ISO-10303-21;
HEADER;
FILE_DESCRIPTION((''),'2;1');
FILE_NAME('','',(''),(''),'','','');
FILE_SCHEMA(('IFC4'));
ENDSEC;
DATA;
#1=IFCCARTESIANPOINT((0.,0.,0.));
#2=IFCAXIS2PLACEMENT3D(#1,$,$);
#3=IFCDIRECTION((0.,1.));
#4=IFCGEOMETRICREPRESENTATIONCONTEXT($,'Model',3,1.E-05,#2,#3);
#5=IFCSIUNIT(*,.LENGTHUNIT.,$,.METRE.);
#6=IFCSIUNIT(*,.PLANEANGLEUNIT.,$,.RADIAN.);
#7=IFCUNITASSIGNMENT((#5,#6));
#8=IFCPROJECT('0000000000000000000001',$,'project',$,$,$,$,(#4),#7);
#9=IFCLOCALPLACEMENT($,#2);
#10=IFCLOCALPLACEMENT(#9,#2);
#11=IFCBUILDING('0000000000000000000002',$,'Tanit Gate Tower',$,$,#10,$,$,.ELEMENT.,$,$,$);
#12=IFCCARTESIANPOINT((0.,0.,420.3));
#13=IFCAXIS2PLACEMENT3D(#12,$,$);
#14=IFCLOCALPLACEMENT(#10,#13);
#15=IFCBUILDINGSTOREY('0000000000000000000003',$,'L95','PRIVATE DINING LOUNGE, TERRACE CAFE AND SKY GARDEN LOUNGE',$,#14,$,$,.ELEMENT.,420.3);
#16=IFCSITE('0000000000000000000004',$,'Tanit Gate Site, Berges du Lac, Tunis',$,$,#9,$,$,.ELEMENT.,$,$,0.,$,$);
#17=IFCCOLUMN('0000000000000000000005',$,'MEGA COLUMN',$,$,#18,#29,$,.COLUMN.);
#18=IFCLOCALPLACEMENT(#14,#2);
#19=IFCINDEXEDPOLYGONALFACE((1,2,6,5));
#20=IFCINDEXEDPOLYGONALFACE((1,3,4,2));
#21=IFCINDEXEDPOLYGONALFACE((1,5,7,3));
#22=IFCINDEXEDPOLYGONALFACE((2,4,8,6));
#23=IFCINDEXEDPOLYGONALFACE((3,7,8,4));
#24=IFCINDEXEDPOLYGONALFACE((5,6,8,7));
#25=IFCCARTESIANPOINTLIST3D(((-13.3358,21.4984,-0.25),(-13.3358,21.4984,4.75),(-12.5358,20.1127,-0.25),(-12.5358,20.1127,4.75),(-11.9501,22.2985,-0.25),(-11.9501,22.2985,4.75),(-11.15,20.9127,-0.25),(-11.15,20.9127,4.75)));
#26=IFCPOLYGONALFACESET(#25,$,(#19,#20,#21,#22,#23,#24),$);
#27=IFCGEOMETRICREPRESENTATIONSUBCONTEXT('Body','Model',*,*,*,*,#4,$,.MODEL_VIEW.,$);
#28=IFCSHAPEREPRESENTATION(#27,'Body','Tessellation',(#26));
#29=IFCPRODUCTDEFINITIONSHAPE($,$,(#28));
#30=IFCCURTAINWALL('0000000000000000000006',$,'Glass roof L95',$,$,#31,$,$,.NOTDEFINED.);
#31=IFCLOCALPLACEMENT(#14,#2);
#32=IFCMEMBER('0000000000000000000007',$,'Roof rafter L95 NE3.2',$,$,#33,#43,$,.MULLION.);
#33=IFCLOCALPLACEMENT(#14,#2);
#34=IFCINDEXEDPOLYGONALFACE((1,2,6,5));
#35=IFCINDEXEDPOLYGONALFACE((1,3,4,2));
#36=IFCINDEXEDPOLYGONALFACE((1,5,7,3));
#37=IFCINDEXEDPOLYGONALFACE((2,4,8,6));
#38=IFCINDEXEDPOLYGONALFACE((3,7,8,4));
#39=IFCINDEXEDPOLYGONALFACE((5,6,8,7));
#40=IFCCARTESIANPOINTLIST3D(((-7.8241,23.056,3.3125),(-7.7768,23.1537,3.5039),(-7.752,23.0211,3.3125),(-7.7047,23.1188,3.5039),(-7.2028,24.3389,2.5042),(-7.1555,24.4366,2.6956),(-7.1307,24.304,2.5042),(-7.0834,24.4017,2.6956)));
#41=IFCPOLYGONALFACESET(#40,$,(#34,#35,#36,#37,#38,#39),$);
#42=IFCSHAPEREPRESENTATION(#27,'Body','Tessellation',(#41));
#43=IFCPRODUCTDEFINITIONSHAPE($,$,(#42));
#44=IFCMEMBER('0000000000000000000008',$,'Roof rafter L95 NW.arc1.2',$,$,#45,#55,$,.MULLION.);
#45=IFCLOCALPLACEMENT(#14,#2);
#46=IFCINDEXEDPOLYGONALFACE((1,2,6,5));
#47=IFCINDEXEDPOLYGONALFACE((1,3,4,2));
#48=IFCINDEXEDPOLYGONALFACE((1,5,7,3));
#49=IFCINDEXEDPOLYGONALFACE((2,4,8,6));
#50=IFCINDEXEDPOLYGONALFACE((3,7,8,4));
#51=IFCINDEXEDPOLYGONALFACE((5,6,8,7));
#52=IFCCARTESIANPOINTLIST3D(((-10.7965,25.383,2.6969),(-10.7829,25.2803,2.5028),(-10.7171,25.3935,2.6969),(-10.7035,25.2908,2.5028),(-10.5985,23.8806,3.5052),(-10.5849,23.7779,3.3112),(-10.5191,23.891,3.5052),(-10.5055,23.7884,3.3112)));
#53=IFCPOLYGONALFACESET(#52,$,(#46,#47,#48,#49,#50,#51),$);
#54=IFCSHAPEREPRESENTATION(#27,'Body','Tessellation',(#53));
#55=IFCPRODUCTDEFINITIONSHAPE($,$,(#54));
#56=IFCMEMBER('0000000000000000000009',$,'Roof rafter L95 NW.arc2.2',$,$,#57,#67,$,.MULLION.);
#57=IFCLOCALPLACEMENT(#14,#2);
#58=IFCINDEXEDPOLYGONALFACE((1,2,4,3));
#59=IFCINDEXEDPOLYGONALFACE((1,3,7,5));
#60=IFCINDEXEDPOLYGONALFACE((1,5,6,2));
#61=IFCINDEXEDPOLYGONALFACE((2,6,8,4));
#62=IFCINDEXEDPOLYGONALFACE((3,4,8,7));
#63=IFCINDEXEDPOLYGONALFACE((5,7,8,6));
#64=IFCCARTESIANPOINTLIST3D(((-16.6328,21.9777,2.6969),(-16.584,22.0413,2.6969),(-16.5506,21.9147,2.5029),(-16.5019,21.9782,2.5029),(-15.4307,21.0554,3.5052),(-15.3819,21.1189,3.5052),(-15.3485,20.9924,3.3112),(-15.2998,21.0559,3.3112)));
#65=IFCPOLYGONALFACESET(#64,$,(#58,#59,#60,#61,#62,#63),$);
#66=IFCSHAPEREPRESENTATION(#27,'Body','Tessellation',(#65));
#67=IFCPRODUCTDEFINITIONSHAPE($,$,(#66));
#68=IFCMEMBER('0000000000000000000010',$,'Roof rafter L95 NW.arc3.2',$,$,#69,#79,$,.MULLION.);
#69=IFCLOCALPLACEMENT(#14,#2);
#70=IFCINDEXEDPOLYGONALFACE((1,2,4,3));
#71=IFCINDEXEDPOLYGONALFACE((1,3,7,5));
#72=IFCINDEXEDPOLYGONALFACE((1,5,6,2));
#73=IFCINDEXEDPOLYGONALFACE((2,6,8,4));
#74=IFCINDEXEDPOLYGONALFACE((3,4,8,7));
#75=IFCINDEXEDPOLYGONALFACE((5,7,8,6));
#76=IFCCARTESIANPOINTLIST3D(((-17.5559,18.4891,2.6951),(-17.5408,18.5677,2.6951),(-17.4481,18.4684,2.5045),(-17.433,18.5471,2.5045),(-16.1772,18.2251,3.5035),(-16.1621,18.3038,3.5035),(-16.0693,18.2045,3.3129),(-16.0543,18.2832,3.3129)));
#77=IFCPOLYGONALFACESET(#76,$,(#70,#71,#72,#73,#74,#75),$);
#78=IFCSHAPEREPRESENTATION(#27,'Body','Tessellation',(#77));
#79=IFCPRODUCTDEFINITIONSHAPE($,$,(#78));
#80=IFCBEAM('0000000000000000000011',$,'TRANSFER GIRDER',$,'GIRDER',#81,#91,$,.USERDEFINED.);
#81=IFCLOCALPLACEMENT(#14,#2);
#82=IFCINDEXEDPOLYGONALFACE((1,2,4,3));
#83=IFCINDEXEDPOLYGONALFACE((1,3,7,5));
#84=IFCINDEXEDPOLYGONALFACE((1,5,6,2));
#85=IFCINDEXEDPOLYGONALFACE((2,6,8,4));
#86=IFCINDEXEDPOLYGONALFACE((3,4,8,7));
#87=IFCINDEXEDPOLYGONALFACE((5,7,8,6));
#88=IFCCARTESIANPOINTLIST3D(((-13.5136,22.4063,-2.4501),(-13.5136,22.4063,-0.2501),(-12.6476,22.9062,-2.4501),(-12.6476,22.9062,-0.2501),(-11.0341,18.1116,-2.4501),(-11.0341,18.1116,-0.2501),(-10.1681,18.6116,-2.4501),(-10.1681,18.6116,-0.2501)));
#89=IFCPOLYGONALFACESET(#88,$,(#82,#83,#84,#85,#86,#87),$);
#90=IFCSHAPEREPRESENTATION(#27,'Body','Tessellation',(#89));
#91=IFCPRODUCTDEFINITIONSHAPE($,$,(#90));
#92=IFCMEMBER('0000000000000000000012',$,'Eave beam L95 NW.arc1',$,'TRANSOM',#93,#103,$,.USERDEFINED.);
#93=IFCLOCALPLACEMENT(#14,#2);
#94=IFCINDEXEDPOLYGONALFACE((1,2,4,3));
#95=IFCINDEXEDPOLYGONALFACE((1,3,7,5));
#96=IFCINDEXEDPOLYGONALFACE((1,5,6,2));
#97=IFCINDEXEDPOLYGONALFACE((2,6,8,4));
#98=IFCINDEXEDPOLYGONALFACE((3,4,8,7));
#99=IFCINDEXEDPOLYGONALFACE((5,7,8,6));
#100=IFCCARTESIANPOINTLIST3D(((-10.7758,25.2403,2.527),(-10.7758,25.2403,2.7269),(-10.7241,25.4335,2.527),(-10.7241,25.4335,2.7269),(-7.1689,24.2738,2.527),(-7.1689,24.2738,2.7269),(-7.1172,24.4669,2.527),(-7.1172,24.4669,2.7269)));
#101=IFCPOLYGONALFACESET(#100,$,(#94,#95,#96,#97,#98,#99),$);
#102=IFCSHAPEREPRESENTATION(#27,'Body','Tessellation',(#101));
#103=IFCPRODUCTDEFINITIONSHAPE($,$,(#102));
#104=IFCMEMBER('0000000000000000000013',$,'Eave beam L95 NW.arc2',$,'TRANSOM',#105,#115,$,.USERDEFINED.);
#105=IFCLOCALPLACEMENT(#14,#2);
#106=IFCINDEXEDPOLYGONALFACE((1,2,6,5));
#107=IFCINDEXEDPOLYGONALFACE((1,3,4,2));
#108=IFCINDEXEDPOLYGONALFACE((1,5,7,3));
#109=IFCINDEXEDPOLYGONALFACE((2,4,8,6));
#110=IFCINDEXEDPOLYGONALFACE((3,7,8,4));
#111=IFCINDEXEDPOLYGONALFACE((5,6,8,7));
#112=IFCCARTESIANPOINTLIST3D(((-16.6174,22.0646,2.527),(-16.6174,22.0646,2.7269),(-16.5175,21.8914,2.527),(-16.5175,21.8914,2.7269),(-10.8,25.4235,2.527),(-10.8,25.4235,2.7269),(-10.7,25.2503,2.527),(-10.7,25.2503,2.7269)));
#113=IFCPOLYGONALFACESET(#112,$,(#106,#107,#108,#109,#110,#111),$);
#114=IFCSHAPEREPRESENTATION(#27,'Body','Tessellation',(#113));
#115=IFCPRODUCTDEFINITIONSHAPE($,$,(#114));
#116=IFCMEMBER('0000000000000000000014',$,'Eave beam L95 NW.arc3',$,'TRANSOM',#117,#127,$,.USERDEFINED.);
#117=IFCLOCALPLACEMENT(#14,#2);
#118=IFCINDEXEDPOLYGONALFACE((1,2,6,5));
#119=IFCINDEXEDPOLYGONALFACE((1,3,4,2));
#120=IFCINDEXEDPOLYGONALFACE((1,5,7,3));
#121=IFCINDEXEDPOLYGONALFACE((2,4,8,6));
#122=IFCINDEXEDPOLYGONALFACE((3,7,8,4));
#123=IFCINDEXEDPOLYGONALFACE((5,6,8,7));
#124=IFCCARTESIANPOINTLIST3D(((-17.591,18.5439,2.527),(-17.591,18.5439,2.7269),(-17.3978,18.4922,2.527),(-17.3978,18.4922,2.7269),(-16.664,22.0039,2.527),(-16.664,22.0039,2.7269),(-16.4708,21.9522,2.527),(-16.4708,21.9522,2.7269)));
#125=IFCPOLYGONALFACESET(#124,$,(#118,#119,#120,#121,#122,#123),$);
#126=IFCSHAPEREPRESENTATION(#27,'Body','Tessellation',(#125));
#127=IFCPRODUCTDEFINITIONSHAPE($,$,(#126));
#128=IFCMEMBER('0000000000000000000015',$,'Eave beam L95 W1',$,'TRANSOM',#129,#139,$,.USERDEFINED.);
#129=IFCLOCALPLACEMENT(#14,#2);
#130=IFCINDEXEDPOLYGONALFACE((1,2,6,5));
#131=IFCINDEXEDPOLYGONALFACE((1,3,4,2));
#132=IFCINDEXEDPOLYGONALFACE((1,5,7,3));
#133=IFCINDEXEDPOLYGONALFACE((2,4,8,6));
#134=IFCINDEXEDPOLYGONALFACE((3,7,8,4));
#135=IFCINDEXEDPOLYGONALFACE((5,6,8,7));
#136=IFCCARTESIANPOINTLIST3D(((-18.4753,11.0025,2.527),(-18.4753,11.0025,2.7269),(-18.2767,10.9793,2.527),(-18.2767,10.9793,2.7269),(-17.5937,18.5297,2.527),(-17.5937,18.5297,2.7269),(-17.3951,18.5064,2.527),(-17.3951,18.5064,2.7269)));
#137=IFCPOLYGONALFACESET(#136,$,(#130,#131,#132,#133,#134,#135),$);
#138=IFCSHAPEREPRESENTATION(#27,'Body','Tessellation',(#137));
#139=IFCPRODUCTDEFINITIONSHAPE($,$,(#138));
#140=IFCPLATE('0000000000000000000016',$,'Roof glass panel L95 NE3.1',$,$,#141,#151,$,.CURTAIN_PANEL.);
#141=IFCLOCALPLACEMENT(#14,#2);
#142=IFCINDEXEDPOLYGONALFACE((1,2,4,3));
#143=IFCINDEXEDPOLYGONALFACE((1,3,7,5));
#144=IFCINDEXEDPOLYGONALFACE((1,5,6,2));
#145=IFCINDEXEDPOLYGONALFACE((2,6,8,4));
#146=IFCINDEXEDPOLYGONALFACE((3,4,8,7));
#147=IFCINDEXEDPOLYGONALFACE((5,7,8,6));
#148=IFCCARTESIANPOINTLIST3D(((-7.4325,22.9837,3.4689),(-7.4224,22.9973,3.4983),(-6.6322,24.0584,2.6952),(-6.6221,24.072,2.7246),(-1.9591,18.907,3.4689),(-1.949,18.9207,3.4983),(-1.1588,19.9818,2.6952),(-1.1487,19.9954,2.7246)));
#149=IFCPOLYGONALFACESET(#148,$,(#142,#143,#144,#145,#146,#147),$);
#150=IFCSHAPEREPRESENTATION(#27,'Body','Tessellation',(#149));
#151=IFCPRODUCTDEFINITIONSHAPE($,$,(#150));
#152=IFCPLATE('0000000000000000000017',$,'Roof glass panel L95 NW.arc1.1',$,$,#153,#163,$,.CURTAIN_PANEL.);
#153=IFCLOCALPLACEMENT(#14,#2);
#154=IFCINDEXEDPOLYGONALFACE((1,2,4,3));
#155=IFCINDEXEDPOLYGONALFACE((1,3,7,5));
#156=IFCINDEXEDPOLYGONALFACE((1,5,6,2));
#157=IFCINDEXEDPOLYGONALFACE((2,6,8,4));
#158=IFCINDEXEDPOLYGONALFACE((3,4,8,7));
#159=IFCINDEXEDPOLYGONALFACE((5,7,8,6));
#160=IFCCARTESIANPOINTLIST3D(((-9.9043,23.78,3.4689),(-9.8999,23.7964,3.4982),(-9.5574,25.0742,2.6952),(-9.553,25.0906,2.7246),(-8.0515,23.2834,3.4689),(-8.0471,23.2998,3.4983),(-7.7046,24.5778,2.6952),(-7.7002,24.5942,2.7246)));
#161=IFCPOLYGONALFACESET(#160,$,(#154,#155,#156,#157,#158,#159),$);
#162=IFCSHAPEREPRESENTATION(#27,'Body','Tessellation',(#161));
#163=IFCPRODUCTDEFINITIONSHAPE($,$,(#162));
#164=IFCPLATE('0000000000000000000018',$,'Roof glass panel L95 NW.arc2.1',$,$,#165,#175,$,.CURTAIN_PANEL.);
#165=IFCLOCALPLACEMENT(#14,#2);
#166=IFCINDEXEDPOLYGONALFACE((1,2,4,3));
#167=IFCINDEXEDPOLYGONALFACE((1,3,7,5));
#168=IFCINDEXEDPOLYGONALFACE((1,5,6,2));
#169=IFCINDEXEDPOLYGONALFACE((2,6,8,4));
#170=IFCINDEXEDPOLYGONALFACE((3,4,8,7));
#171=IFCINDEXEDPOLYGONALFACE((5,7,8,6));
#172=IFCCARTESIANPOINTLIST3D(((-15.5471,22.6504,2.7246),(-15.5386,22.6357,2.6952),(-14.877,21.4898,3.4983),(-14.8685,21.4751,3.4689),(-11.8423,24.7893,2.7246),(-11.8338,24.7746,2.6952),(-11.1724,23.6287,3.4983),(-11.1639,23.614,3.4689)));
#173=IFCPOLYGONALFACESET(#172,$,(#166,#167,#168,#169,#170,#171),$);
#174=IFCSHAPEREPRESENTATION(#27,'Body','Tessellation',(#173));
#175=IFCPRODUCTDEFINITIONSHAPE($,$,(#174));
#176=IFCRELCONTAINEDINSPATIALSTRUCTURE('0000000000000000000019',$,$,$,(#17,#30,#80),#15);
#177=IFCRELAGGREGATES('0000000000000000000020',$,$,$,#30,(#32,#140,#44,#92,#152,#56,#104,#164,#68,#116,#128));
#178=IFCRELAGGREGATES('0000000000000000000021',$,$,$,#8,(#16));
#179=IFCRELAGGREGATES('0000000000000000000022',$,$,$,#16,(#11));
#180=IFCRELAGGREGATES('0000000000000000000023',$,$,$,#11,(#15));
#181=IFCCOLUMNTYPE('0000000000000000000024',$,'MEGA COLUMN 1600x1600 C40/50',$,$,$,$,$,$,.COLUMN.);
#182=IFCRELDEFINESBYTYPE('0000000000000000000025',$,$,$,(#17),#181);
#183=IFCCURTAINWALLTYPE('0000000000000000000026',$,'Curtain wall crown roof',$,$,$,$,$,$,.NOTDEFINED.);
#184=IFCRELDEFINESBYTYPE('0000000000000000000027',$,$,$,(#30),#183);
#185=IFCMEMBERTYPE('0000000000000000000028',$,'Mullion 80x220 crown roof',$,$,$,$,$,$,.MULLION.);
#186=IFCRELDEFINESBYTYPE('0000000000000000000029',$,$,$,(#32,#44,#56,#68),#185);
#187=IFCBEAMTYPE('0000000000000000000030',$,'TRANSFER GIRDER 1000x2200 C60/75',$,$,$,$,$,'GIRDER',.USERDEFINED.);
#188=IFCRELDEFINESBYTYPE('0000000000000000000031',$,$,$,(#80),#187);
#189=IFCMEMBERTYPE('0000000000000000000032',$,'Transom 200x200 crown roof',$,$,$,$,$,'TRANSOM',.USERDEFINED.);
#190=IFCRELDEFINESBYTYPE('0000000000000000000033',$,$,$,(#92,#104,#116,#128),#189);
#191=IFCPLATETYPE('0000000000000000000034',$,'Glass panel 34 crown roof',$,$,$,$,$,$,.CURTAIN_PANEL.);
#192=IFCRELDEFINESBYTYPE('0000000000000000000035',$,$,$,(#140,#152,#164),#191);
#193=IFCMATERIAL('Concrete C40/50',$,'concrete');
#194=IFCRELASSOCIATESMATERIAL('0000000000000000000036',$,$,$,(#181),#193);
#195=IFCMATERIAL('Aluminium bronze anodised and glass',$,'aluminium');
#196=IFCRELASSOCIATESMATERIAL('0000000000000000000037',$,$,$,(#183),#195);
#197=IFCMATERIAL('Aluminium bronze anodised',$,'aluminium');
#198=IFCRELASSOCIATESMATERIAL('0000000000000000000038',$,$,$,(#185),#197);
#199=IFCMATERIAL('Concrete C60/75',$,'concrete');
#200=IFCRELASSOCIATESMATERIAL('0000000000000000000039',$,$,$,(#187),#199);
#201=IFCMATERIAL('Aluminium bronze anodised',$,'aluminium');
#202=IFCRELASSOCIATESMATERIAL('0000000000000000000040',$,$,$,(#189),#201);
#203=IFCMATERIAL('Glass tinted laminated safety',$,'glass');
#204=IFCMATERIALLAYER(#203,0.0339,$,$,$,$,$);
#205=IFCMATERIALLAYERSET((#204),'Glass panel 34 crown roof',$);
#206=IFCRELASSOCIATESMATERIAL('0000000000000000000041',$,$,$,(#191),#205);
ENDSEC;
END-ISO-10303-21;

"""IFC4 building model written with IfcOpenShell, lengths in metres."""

from ifc_helpers import new_model, si_unit, direction, frame, origin, origin_2d, place, context, subcontext, project, spatial, polyline, rectangle, outline, extrude, material, layer, layer_set, material_profile, profile_set, type_object, element, aggregate, save


model = new_model("IFC4")

# Units and contexts
model_context = context("Model", 3, precision=1e-05, world=origin(), true_north=direction((0.0, 1.0)))
body_context = subcontext(model_context, "Body", "Model", "MODEL_VIEW")
ifc_project = project(units=[si_unit("LENGTHUNIT", "METRE"), si_unit("PLANEANGLEUNIT", "RADIAN")], contexts=[model_context])

# Site, building, storey
site_placement = place(None, origin())
site = spatial("IfcSite", under=ifc_project, at=site_placement, Name="Tanit Gate Site, Berges du Lac, Tunis", CompositionType="ELEMENT", RefElevation=0.0)
building_placement = place(site_placement, origin())
building = spatial("IfcBuilding", under=site, at=building_placement, Name="Tanit Gate Tower", CompositionType="ELEMENT")
storey_placement = place(building_placement, frame((0.0, 0.0, 420.3)))
storey = spatial("IfcBuildingStorey", under=building, at=storey_placement, Name="L95", Description="PRIVATE DINING LOUNGE, TERRACE CAFE AND SKY GARDEN LOUNGE", CompositionType="ELEMENT", Elevation=420.3)

# Column
ifc_material_1 = material(Name="Concrete C40/50", Category="concrete")
ifc_material_profile_1 = material_profile(ifc_material_1, rectangle(XDim=1.6001, YDim=1.6001, at=origin_2d()), Name="RC 1600x1600")
ifc_profile_set_1 = profile_set([ifc_material_profile_1], Name="Concrete C40/50")
column_type = type_object("IfcColumnType", Name="MEGA COLUMN 1600x1600 C40/50", PredefinedType="COLUMN", material=ifc_profile_set_1)
column_placement = place(storey_placement, frame((-12.2429, 21.2056, -0.25), z_axis=(0.0, 0.0, 1.0), x_axis=(-0.5, 0.866025, 0.0)))
element("IfcColumn", 1, at=column_placement, inside=storey, type_object=column_type, Name="MEGA COLUMN", PredefinedType="COLUMN", context=body_context, shape_type="SweptSolid", body=[
    extrude(rectangle(XDim=1.6001, YDim=1.6001, at=origin_2d()), origin(), (0.0, 0.0, 1.0), 5.0),
])

# Curtain wall, members
ifc_material_2 = material(Name="Aluminium bronze anodised and glass", Category="aluminium")
curtain_wall_type = type_object("IfcCurtainWallType", Name="Curtain wall crown roof", PredefinedType="NOTDEFINED", material=ifc_material_2)
curtain_wall_placement = place(storey_placement, origin())
curtain_wall = element("IfcCurtainWall", 2, at=curtain_wall_placement, inside=storey, type_object=curtain_wall_type, Name="Glass roof L95", PredefinedType="NOTDEFINED")
ifc_material_3 = material(Name="Aluminium bronze anodised", Category="aluminium")
ifc_material_profile_2 = material_profile(ifc_material_3, rectangle(XDim=0.0801, YDim=0.22, at=origin_2d()), Name="80x220 bronze rafter")
ifc_profile_set_2 = profile_set([ifc_material_profile_2], Name="Aluminium bronze anodised")
member_type_1 = type_object("IfcMemberType", Name="Mullion 80x220 crown roof", PredefinedType="MULLION", material=ifc_profile_set_2)
member_1_placement = place(storey_placement, frame((-7.7644, 23.0874, 3.4082), z_axis=(0.379156, 0.782893, -0.493275), x_axis=(-0.900008, 0.435874, 0.0)))
member_1 = element("IfcMember", 3, at=member_1_placement, type_object=member_type_1, Name="Roof rafter L95 NE3.2", PredefinedType="MULLION", context=body_context, shape_type="SweptSolid", body=[
    extrude(rectangle(XDim=0.0801, YDim=0.22, at=origin_2d()), origin(), (0.0, 0.0, 1.0), 1.6387),
])
member_2_placement = place(storey_placement, frame((-10.552, 23.8345, 3.4082), z_axis=(-0.11528, 0.874761, -0.470642), x_axis=(-0.991428, -0.130655, 0.0)))
member_2 = element("IfcMember", 4, at=member_2_placement, type_object=member_type_1, Name="Roof rafter L95 NW.arc1.2", PredefinedType="MULLION", context=body_context, shape_type="SweptSolid", body=[
    extrude(rectangle(XDim=0.0801, YDim=0.22, at=origin_2d()), origin(), (0.0, 0.0, 1.0), 1.7175),
])
member_3_placement = place(storey_placement, frame((-15.3652, 21.0557, 3.4082), z_axis=(-0.699996, 0.53708, -0.470692), x_axis=(-0.608729, -0.793378, 0.0)))
member_3 = element("IfcMember", 5, at=member_3_placement, type_object=member_type_1, Name="Roof rafter L95 NW.arc2.2", PredefinedType="MULLION", context=body_context, shape_type="SweptSolid", body=[
    extrude(rectangle(XDim=0.0801, YDim=0.22, at=origin_2d()), origin(), (0.0, 0.0, 1.0), 1.7173),
])
member_4_placement = place(storey_placement, frame((-16.1157, 18.2542, 3.4082), z_axis=(-0.851125, 0.16293, -0.499039), x_axis=(-0.188015, -0.982166, 0.0)))
member_4 = element("IfcMember", 6, at=member_4_placement, type_object=member_type_1, Name="Roof rafter L95 NW.arc3.2", PredefinedType="MULLION", context=body_context, shape_type="SweptSolid", body=[
    extrude(rectangle(XDim=0.0801, YDim=0.22, at=origin_2d()), origin(), (0.0, 0.0, 1.0), 1.6199),
])

# Beam
ifc_material_4 = material(Name="Concrete C60/75", Category="concrete")
ifc_material_profile_3 = material_profile(ifc_material_4, rectangle(XDim=1.0, YDim=2.2, at=origin_2d()), Name="RC 1000x2200")
ifc_profile_set_3 = profile_set([ifc_material_profile_3], Name="Concrete C60/75")
beam_type = type_object("IfcBeamType", Name="TRANSFER GIRDER 1000x2200 C60/75", ElementType="GIRDER", PredefinedType="USERDEFINED", material=ifc_profile_set_3)
beam_placement = place(storey_placement, frame((-13.0806, 22.6562, -1.3501), z_axis=(0.499994, -0.866029, 0.0), x_axis=(0.866029, 0.499994, 0.0)))
element("IfcBeam", 7, at=beam_placement, inside=storey, type_object=beam_type, Name="TRANSFER GIRDER", ObjectType="GIRDER", PredefinedType="USERDEFINED", context=body_context, shape_type="SweptSolid", body=[
    extrude(rectangle(XDim=1.0, YDim=2.2, at=origin_2d()), origin(), (0.0, 0.0, 1.0), 4.959),
])

# Members
ifc_material_5 = material(Name="Aluminium bronze anodised", Category="aluminium")
ifc_material_profile_4 = material_profile(ifc_material_5, rectangle(XDim=0.2, YDim=0.2, at=origin_2d()), Name="200x200 bronze transom")
ifc_profile_set_4 = profile_set([ifc_material_profile_4], Name="Aluminium bronze anodised")
member_type_2 = type_object("IfcMemberType", Name="Transom 200x200 crown roof", ElementType="TRANSOM", PredefinedType="USERDEFINED", material=ifc_profile_set_4)
member_5_placement = place(storey_placement, frame((-7.1431, 24.3704, 2.627), z_axis=(-0.965921, 0.258838, 0.0), x_axis=(-0.258838, -0.965921, 0.0)))
member_5 = element("IfcMember", 8, at=member_5_placement, type_object=member_type_2, Name="Eave beam L95 NW.arc1", ObjectType="TRANSOM", PredefinedType="USERDEFINED", context=body_context, shape_type="SweptSolid", body=[
    extrude(rectangle(XDim=0.2, YDim=0.2, at=origin_2d()), origin(), (0.0, 0.0, 1.0), 3.7341),
])
member_6_placement = place(storey_placement, frame((-10.75, 25.3369, 2.627), z_axis=(-0.866011, -0.500024, 0.0), x_axis=(0.500024, -0.866011, 0.0)))
member_6 = element("IfcMember", 9, at=member_6_placement, type_object=member_type_2, Name="Eave beam L95 NW.arc2", ObjectType="TRANSOM", PredefinedType="USERDEFINED", context=body_context, shape_type="SweptSolid", body=[
    extrude(rectangle(XDim=0.2, YDim=0.2, at=origin_2d()), origin(), (0.0, 0.0, 1.0), 6.7175),
])
member_7_placement = place(storey_placement, frame((-16.5674, 21.978, 2.627), z_axis=(-0.258795, -0.965932, 0.0), x_axis=(0.965932, -0.258795, 0.0)))
member_7 = element("IfcMember", 10, at=member_7_placement, type_object=member_type_2, Name="Eave beam L95 NW.arc3", ObjectType="TRANSOM", PredefinedType="USERDEFINED", context=body_context, shape_type="SweptSolid", body=[
    extrude(rectangle(XDim=0.2, YDim=0.2, at=origin_2d()), origin(), (0.0, 0.0, 1.0), 3.582),
])
member_8_placement = place(storey_placement, frame((-17.4944, 18.5181, 2.627), z_axis=(-0.116327, -0.993211, 0.0), x_axis=(0.993211, -0.116327, 0.0)))
member_8 = element("IfcMember", 11, at=member_8_placement, type_object=member_type_2, Name="Eave beam L95 W1", ObjectType="TRANSOM", PredefinedType="USERDEFINED", context=body_context, shape_type="SweptSolid", body=[
    extrude(rectangle(XDim=0.2, YDim=0.2, at=origin_2d()), origin(), (0.0, 0.0, 1.0), 7.5786),
])

# Plates
ifc_material_6 = material(Name="Glass tinted laminated safety", Category="glass")
ifc_layer_1 = layer(ifc_material_6, 0.0339)
ifc_layer_set_1 = layer_set([ifc_layer_1], Name="Glass panel 34 crown roof")
plate_type = type_object("IfcPlateType", Name="Glass panel 34 crown roof", PredefinedType="CURTAIN_PANEL", material=ifc_layer_set_1)
plate_1_placement = place(storey_placement, frame((-1.949, 18.9207, 3.4983), z_axis=(0.298685, 0.40102, 0.866008), x_axis=(-0.801992, 0.597335, 0.0)))
plate_1 = element("IfcPlate", 12, at=plate_1_placement, type_object=plate_type, Name="Roof glass panel L95 NE3.1", PredefinedType="CURTAIN_PANEL", context=body_context, shape_type="SweptSolid", body=[
    extrude(outline(polyline([(0.0, 0.0), (6.8247, 0.0), (6.8249, -1.5473), (0.0001, -1.5473), (0.0, 0.0)])), origin(), (0.0, 0.0, -1.0), 0.0339),
])
plate_2_placement = place(storey_placement, frame((-8.0471, 23.2998, 3.4983), z_axis=(0.129416, 0.482978, 0.866016), x_axis=(-0.965913, 0.258868, -0.000027)))
plate_2 = element("IfcPlate", 13, at=plate_2_placement, type_object=plate_type, Name="Roof glass panel L95 NW.arc1.1", PredefinedType="CURTAIN_PANEL", context=body_context, shape_type="SweptSolid", body=[
    extrude(outline(polyline([(0.0, 0.0), (1.9182, 0.0), (1.9181, -1.5472), (0.0, -1.5474), (0.0, 0.0)])), origin(), (0.0, 0.0, -1.0), 0.0339),
])
plate_3_placement = place(storey_placement, frame((-11.1724, 23.6287, 3.4983), z_axis=(-0.249984, 0.432985, 0.866044), x_axis=(-0.86602, -0.500009, 0.000006)))
plate_3 = element("IfcPlate", 14, at=plate_3_placement, type_object=plate_type, Name="Roof glass panel L95 NW.arc2.1", PredefinedType="CURTAIN_PANEL", context=body_context, shape_type="SweptSolid", body=[
    extrude(outline(polyline([(0.0, 0.0), (4.2777, 0.0), (4.2778, -1.5475), (-0.0002, -1.5474), (0.0, 0.0)])), origin(), (0.0, 0.0, -1.0), 0.0339),
])
aggregate(curtain_wall, [member_1, plate_1, member_2, member_5, plate_2, member_3, member_6, plate_3, member_4, member_7, member_8])

save(model, "model.ifc")
